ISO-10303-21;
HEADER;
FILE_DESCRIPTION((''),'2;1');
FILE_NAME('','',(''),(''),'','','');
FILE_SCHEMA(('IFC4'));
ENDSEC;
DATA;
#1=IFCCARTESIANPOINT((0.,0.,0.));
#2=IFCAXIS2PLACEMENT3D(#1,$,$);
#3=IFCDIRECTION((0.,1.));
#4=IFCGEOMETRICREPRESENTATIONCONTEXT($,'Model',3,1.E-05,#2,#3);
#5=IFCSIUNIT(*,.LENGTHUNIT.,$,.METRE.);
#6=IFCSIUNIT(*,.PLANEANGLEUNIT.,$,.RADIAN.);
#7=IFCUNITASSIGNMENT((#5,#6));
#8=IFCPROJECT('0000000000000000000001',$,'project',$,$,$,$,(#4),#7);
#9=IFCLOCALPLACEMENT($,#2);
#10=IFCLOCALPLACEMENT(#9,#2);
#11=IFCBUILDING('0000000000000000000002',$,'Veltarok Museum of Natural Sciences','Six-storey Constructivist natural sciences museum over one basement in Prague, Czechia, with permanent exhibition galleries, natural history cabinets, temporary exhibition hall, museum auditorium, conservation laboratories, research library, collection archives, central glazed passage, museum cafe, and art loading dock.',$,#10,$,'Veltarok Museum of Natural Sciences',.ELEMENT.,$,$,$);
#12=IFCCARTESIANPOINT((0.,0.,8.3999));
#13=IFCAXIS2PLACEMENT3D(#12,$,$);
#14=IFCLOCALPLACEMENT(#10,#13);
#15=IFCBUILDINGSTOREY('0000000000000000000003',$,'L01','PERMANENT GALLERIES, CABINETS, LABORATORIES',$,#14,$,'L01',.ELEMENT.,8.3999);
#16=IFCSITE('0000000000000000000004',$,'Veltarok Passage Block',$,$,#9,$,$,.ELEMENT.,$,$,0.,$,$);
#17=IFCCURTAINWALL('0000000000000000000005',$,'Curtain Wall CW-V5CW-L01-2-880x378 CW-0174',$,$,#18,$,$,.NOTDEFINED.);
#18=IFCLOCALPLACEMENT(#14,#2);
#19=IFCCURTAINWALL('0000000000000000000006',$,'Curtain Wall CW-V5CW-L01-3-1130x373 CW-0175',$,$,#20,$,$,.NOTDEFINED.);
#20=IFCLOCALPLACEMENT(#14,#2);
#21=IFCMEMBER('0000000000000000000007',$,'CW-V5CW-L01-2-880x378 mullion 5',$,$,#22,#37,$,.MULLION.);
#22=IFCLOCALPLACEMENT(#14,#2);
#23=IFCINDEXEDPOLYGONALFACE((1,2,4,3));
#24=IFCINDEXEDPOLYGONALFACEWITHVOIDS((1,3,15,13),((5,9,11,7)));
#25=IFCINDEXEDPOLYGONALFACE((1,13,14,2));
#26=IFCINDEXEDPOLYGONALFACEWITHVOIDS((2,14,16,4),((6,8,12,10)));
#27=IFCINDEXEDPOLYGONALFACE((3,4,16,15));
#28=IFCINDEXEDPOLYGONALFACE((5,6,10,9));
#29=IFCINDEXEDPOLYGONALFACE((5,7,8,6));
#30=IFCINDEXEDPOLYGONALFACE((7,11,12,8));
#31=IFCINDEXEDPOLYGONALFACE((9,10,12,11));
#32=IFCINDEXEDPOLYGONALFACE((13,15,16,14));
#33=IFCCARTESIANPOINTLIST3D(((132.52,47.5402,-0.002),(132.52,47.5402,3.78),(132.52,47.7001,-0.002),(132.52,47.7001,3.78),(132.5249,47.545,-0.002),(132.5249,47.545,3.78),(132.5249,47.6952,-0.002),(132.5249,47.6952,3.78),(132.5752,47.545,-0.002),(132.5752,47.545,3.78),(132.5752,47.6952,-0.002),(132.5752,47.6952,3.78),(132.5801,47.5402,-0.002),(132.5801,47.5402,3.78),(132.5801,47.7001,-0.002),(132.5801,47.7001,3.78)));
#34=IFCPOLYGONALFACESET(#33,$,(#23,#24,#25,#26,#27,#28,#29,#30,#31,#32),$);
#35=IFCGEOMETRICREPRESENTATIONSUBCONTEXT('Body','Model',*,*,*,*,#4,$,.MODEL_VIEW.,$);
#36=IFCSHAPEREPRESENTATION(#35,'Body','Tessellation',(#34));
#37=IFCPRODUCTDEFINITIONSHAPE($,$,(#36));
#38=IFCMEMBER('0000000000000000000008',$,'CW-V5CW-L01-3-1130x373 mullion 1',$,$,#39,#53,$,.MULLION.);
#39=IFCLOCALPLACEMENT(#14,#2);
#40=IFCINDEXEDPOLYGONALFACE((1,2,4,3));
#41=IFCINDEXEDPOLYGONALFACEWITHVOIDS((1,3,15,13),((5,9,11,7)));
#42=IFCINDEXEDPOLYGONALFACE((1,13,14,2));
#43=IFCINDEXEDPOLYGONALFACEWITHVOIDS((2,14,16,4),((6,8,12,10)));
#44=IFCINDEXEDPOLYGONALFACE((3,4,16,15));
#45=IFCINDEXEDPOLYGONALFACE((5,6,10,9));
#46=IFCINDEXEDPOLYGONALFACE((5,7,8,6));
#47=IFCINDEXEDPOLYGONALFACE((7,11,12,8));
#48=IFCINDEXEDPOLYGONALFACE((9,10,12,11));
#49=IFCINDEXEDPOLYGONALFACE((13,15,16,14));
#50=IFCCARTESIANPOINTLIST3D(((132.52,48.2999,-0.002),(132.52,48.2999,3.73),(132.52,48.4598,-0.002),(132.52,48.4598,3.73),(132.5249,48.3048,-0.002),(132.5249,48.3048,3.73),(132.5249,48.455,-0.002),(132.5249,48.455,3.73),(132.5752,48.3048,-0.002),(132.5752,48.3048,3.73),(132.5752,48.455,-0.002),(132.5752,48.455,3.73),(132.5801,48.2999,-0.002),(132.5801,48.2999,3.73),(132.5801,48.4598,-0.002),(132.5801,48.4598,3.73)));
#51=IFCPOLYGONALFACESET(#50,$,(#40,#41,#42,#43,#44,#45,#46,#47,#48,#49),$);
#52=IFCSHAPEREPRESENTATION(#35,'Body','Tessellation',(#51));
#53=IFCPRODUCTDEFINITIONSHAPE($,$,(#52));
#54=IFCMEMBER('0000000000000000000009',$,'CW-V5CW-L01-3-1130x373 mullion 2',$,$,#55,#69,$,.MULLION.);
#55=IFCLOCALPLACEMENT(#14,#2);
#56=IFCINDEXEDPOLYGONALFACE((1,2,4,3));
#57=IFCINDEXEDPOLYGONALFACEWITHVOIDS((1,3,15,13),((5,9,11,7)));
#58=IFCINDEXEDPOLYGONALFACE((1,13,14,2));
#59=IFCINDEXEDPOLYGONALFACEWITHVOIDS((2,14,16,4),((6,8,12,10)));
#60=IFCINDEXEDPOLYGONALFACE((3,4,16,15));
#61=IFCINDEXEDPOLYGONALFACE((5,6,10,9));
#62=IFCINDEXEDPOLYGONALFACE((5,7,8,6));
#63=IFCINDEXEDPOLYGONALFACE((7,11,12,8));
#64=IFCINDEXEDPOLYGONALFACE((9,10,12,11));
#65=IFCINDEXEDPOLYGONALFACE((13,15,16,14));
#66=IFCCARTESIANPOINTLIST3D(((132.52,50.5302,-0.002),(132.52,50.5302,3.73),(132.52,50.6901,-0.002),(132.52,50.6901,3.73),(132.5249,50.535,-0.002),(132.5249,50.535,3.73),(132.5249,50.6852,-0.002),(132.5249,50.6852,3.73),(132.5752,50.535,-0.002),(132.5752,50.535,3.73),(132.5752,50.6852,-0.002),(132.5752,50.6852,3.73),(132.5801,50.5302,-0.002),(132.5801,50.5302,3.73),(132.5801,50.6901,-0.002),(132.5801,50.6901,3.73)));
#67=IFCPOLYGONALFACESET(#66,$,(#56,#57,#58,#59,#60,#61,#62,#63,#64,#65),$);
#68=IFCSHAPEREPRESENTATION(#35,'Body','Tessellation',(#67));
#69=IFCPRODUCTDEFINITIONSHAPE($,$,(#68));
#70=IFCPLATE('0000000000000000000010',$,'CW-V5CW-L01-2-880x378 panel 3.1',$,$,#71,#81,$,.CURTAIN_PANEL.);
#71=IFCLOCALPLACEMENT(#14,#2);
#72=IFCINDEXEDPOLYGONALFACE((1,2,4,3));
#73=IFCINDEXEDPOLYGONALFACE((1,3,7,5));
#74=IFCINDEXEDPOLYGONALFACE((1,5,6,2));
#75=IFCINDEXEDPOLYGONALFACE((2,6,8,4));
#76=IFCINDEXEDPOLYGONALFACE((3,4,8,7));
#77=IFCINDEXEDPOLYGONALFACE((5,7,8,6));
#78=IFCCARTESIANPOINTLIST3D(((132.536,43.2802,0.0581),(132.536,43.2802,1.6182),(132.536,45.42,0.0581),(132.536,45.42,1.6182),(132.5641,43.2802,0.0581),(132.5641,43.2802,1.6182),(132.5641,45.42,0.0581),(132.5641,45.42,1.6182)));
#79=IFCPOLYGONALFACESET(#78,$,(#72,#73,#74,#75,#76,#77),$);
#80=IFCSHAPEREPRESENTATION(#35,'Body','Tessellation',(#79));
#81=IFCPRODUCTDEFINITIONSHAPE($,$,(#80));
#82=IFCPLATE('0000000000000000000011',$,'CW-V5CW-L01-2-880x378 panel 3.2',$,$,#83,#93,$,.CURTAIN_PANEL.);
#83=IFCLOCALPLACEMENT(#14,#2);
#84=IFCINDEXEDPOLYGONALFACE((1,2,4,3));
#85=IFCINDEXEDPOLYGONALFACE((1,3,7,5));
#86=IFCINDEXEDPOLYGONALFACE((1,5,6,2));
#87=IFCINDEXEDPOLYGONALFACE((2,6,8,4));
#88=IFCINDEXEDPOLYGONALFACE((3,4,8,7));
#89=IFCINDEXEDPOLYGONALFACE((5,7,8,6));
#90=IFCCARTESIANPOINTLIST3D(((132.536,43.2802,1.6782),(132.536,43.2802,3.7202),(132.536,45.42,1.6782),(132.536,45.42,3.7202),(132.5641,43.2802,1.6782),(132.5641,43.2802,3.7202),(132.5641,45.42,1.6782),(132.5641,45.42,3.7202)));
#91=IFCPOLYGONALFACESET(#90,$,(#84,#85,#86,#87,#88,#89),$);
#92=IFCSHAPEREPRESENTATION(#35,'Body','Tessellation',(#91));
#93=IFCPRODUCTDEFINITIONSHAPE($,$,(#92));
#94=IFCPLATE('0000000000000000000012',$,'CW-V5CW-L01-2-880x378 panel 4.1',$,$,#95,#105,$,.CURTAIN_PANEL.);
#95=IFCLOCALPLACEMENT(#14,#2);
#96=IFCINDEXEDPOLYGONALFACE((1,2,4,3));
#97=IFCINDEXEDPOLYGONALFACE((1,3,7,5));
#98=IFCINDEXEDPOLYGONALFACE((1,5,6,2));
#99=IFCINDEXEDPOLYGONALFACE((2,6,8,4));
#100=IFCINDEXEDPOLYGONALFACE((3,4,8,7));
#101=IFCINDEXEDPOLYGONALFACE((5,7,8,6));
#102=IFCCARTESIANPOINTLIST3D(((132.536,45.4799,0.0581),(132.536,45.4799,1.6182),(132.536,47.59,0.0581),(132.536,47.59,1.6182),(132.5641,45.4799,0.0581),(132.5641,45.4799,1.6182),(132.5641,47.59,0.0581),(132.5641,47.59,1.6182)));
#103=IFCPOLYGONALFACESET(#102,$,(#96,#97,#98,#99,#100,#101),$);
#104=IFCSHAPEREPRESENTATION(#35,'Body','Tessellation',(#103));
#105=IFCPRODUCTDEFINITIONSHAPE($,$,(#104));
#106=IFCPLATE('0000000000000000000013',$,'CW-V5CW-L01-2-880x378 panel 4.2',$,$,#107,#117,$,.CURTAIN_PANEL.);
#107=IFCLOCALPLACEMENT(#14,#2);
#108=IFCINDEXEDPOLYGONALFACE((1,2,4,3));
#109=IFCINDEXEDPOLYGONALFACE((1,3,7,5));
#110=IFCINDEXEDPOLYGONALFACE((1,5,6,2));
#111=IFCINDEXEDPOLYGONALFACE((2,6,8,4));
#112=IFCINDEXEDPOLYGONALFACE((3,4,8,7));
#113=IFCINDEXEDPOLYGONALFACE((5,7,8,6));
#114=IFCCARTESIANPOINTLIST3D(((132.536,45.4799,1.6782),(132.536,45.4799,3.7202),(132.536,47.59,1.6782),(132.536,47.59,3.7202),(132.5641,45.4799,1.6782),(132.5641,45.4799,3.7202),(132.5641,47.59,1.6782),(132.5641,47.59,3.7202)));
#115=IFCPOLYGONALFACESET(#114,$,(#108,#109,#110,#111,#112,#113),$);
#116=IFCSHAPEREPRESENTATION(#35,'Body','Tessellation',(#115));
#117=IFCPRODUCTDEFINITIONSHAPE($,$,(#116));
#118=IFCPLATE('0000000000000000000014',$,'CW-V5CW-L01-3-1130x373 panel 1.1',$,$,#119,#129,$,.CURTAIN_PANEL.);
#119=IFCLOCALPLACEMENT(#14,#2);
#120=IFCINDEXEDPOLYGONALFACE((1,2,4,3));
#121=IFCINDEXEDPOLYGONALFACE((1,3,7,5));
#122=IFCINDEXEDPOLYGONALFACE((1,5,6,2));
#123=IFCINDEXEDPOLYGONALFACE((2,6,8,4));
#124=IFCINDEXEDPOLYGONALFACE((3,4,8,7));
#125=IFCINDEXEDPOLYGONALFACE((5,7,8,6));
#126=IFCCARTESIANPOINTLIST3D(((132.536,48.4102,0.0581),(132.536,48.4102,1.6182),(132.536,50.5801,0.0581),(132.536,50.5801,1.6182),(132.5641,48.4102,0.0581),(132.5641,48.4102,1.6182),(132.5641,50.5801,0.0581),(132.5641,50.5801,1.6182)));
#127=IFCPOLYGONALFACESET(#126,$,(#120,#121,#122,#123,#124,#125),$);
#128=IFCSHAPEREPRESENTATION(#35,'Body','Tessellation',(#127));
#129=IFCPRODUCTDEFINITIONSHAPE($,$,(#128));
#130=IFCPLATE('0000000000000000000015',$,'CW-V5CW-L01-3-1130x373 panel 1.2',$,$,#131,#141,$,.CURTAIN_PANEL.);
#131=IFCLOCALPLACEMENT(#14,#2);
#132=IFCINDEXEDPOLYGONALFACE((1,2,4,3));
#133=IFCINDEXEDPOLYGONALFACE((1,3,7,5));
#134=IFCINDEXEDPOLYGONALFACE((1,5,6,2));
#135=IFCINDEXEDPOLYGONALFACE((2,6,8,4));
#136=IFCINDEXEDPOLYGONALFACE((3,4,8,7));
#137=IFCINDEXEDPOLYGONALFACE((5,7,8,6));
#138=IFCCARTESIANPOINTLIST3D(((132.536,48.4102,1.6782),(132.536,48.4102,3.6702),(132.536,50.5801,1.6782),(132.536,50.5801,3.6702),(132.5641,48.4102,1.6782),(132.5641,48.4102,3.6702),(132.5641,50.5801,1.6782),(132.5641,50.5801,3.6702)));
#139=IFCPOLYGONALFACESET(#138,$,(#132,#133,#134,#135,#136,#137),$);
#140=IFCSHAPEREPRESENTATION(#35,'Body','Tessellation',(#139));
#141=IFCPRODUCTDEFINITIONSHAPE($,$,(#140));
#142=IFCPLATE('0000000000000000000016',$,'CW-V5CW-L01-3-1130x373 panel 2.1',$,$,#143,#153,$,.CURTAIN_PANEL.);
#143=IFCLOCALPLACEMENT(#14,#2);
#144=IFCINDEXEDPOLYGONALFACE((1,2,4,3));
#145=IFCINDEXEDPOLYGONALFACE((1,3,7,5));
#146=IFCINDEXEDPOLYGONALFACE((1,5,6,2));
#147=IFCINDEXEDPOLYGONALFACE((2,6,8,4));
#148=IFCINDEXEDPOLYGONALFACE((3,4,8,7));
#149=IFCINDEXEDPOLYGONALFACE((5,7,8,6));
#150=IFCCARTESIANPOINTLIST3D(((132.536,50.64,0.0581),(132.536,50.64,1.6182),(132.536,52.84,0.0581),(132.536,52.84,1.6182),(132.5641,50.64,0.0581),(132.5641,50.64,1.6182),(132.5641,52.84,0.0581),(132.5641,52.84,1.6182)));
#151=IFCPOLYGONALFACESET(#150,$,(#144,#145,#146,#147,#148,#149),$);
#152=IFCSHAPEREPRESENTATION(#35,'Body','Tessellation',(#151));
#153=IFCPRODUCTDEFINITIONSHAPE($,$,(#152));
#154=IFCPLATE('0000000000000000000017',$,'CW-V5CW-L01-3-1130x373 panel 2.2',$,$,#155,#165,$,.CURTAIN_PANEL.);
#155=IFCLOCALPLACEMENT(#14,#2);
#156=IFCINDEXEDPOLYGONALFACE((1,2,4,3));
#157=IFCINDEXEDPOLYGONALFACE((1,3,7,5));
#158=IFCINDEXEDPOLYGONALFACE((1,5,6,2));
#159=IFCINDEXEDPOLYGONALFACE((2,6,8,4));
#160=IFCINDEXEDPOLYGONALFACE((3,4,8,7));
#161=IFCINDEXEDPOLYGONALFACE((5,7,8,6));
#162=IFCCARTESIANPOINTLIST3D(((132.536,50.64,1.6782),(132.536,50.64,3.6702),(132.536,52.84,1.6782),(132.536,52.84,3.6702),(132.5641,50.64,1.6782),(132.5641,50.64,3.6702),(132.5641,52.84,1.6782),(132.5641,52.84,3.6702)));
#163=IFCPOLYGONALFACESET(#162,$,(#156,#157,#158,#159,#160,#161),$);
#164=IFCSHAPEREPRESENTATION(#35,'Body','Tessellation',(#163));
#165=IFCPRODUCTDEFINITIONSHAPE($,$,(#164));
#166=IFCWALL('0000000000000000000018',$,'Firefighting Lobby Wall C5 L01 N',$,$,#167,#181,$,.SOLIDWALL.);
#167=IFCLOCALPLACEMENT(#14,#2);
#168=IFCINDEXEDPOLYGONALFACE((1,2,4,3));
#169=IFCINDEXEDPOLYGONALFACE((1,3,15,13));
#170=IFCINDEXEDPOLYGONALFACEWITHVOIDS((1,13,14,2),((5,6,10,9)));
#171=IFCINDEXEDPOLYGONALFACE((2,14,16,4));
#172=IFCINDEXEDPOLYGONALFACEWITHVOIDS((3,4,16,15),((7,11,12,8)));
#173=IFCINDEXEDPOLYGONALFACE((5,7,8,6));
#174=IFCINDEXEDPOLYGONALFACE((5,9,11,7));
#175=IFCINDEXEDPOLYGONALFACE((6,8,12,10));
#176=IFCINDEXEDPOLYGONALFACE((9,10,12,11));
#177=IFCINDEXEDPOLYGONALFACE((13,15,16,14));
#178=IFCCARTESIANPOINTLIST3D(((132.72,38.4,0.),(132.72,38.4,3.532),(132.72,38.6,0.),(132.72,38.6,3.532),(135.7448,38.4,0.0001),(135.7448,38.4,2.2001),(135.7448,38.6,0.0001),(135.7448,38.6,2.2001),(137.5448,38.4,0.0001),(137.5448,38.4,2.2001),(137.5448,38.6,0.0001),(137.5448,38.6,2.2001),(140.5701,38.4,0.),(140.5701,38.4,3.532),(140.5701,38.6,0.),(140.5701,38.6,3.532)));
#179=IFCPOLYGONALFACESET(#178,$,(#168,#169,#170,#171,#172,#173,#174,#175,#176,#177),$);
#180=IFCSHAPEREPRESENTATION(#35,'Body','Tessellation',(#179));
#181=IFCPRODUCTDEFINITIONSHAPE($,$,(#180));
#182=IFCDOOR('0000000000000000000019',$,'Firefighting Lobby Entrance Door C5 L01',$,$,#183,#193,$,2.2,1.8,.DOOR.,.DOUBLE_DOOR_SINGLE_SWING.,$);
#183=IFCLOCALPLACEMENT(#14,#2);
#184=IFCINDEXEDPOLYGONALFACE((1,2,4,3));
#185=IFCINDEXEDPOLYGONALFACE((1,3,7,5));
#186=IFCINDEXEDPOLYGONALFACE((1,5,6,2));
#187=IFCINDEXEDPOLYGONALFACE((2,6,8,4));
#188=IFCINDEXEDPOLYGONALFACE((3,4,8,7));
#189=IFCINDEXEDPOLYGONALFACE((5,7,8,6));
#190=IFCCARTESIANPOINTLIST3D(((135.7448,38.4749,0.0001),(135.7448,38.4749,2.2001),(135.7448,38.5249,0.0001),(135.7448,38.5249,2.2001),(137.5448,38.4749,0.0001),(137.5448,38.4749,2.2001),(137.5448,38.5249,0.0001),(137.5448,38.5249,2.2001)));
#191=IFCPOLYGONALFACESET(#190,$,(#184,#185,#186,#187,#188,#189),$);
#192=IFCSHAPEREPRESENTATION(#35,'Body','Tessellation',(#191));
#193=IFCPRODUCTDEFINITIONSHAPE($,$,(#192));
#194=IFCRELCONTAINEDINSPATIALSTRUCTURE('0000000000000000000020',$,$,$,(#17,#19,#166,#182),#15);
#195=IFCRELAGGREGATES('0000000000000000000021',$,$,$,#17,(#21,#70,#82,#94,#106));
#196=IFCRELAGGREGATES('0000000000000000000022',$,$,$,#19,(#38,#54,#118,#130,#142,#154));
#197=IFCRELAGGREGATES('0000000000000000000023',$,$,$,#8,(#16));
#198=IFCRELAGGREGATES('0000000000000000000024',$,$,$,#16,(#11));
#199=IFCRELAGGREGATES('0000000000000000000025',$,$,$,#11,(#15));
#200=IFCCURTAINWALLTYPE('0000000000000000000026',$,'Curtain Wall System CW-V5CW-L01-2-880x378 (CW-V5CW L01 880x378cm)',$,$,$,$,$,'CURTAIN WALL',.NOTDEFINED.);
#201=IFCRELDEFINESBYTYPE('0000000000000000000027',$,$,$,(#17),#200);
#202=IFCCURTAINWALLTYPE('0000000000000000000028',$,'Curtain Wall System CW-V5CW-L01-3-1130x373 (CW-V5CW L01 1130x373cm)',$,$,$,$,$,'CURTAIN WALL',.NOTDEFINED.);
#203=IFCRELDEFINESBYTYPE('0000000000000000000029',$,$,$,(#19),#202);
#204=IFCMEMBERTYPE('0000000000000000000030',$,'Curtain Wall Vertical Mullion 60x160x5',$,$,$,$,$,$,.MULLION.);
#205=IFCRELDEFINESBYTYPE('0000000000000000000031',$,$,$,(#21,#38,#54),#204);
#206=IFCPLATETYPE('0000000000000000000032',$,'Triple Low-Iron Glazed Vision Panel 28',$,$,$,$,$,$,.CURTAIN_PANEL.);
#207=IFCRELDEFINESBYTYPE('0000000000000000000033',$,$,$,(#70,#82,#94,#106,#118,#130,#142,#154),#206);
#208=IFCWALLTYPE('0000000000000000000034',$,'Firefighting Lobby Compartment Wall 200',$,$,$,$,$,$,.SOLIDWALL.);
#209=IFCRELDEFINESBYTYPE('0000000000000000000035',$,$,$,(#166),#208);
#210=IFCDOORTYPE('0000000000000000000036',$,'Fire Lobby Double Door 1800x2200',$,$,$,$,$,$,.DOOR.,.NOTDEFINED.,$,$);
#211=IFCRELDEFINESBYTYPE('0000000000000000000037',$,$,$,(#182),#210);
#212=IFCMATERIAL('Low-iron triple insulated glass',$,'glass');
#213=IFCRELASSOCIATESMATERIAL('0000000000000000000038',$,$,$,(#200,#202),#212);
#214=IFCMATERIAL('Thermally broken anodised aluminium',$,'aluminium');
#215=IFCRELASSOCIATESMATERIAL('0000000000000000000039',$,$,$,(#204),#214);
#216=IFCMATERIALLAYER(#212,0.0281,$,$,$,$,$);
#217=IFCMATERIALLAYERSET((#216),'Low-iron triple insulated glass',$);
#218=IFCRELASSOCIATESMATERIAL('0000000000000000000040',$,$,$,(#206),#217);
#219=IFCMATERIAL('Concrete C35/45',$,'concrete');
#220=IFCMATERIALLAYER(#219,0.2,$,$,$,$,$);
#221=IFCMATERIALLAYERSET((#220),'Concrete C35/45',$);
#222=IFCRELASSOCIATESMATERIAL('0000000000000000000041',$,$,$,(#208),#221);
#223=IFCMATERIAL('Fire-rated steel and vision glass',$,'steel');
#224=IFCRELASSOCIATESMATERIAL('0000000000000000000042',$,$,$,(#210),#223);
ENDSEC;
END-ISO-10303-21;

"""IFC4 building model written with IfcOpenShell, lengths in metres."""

from ifc_helpers import new_model, si_unit, direction, frame, frame_2d, origin, origin_2d, place, context, subcontext, project, spatial, rectangle, hollow_rectangle, extrude, material, layer, layer_set, material_profile, profile_set, type_object, element, fill, aggregate, save


model = new_model("IFC4")

# Units and contexts
model_context = context("Model", 3, precision=1e-05, world=origin(), true_north=direction((0.0, 1.0)))
body_context = subcontext(model_context, "Body", "Model", "MODEL_VIEW")
ifc_project = project(units=[si_unit("LENGTHUNIT", "METRE"), si_unit("PLANEANGLEUNIT", "RADIAN")], contexts=[model_context])

# Site, building, storey
site_placement = place(None, origin())
site = spatial("IfcSite", under=ifc_project, at=site_placement, Name="Veltarok Passage Block", CompositionType="ELEMENT", RefElevation=0.0)
building_placement = place(site_placement, origin())
building = spatial("IfcBuilding", under=site, at=building_placement, Name="Veltarok Museum of Natural Sciences", Description="Six-storey Constructivist natural sciences museum over one basement in Prague, Czechia, with permanent exhibition galleries, natural history cabinets, temporary exhibition hall, museum auditorium, conservation laboratories, research library, collection archives, central glazed passage, museum cafe, and art loading dock.", LongName="Veltarok Museum of Natural Sciences", CompositionType="ELEMENT")
storey_placement = place(building_placement, frame((0.0, 0.0, 8.3999)))
storey = spatial("IfcBuildingStorey", under=building, at=storey_placement, Name="L01", Description="PERMANENT GALLERIES, CABINETS, LABORATORIES", LongName="L01", CompositionType="ELEMENT", Elevation=8.3999)

# Curtain walls
ifc_material_1 = material(Name="Low-iron triple insulated glass", Category="glass")
curtain_wall_type_1 = type_object("IfcCurtainWallType", Name="Curtain Wall System CW-V5CW-L01-2-880x378 (CW-V5CW L01 880x378cm)", ElementType="CURTAIN WALL", PredefinedType="NOTDEFINED", material=ifc_material_1)
curtain_wall_1_placement = place(storey_placement, origin())
curtain_wall_1 = element("IfcCurtainWall", 1, at=curtain_wall_1_placement, inside=storey, type_object=curtain_wall_type_1, Name="Curtain Wall CW-V5CW-L01-2-880x378 CW-0174", PredefinedType="NOTDEFINED")
ifc_material_2 = material(Name="Thermally broken anodised aluminium", Category="aluminium")
curtain_wall_type_2 = type_object("IfcCurtainWallType", Name="Curtain Wall System CW-V5CW-L01-3-1130x373 (CW-V5CW L01 1130x373cm)", ElementType="CURTAIN WALL", PredefinedType="NOTDEFINED", material=ifc_material_1)
curtain_wall_2_placement = place(storey_placement, origin())
curtain_wall_2 = element("IfcCurtainWall", 2, at=curtain_wall_2_placement, inside=storey, type_object=curtain_wall_type_2, Name="Curtain Wall CW-V5CW-L01-3-1130x373 CW-0175", PredefinedType="NOTDEFINED")

# Members
ifc_material_profile_1 = material_profile(ifc_material_2, hollow_rectangle(XDim=0.0601, YDim=0.1599, WallThickness=0.0049, at=origin_2d()), Name="CW MULLION 60x160x5")
ifc_profile_set_1 = profile_set([ifc_material_profile_1], Name="Thermally broken anodised aluminium")
member_type_1 = type_object("IfcMemberType", Name="Curtain Wall Vertical Mullion 60x160x5", PredefinedType="MULLION", material=ifc_profile_set_1)
member_1_placement = place(storey_placement, frame((132.55, 47.6201, -0.002), z_axis=(0.0, 0.0, 1.0), x_axis=(-1.0, 0.0, 0.0)))
member_1 = element("IfcMember", 3, at=member_1_placement, type_object=member_type_1, Name="CW-V5CW-L01-2-880x378 mullion 5", PredefinedType="MULLION", context=body_context, shape_type="SweptSolid", body=[
    extrude(hollow_rectangle(XDim=0.0601, YDim=0.1599, WallThickness=0.0049, at=origin_2d()), origin(), (0.0, 0.0, 1.0), 3.782),
])
member_2_placement = place(storey_placement, frame((132.55, 48.3799, -0.002), z_axis=(0.0, 0.0, 1.0), x_axis=(-1.0, 0.0, 0.0)))
member_2 = element("IfcMember", 4, at=member_2_placement, type_object=member_type_1, Name="CW-V5CW-L01-3-1130x373 mullion 1", PredefinedType="MULLION", context=body_context, shape_type="SweptSolid", body=[
    extrude(hollow_rectangle(XDim=0.0601, YDim=0.1599, WallThickness=0.0049, at=origin_2d()), origin(), (0.0, 0.0, 1.0), 3.7319),
])
member_3_placement = place(storey_placement, frame((132.55, 50.6101, -0.002), z_axis=(0.0, 0.0, 1.0), x_axis=(-1.0, 0.0, 0.0)))
member_3 = element("IfcMember", 5, at=member_3_placement, type_object=member_type_1, Name="CW-V5CW-L01-3-1130x373 mullion 2", PredefinedType="MULLION", context=body_context, shape_type="SweptSolid", body=[
    extrude(hollow_rectangle(XDim=0.0601, YDim=0.1599, WallThickness=0.0049, at=origin_2d()), origin(), (0.0, 0.0, 1.0), 3.7319),
])

# Plates
ifc_layer_1 = layer(ifc_material_1, 0.0281)
ifc_layer_set_1 = layer_set([ifc_layer_1], Name="Low-iron triple insulated glass")
plate_type = type_object("IfcPlateType", Name="Triple Low-Iron Glazed Vision Panel 28", PredefinedType="CURTAIN_PANEL", material=ifc_layer_set_1)
plate_1_placement = place(storey_placement, frame((132.55, 44.3501, 0.0581), z_axis=(0.0, 0.0, 1.0), x_axis=(0.0, 1.0, 0.0)))
plate_1 = element("IfcPlate", 6, at=plate_1_placement, type_object=plate_type, Name="CW-V5CW-L01-2-880x378 panel 3.1", PredefinedType="CURTAIN_PANEL", context=body_context, shape_type="SweptSolid", body=[
    extrude(rectangle(XDim=2.1399, YDim=0.0281, at=origin_2d()), origin(), (0.0, 0.0, 1.0), 1.5601),
])
plate_2_placement = place(storey_placement, frame((132.55, 44.3501, 1.6782), z_axis=(0.0, 0.0, 1.0), x_axis=(0.0, 1.0, 0.0)))
plate_2 = element("IfcPlate", 7, at=plate_2_placement, type_object=plate_type, Name="CW-V5CW-L01-2-880x378 panel 3.2", PredefinedType="CURTAIN_PANEL", context=body_context, shape_type="SweptSolid", body=[
    extrude(rectangle(XDim=2.1399, YDim=0.0281, at=origin_2d()), origin(), (0.0, 0.0, 1.0), 2.042),
])
plate_3_placement = place(storey_placement, frame((132.55, 46.5349, 0.0581), z_axis=(0.0, 0.0, 1.0), x_axis=(0.0, 1.0, 0.0)))
plate_3 = element("IfcPlate", 8, at=plate_3_placement, type_object=plate_type, Name="CW-V5CW-L01-2-880x378 panel 4.1", PredefinedType="CURTAIN_PANEL", context=body_context, shape_type="SweptSolid", body=[
    extrude(rectangle(XDim=2.1101, YDim=0.0281, at=origin_2d()), origin(), (0.0, 0.0, 1.0), 1.5601),
])
plate_4_placement = place(storey_placement, frame((132.55, 46.5349, 1.6782), z_axis=(0.0, 0.0, 1.0), x_axis=(0.0, 1.0, 0.0)))
plate_4 = element("IfcPlate", 9, at=plate_4_placement, type_object=plate_type, Name="CW-V5CW-L01-2-880x378 panel 4.2", PredefinedType="CURTAIN_PANEL", context=body_context, shape_type="SweptSolid", body=[
    extrude(rectangle(XDim=2.1101, YDim=0.0281, at=origin_2d()), origin(), (0.0, 0.0, 1.0), 2.042),
])
aggregate(curtain_wall_1, [member_1, plate_1, plate_2, plate_3, plate_4])
plate_5_placement = place(storey_placement, frame((132.55, 49.4951, 0.0581), z_axis=(0.0, 0.0, 1.0), x_axis=(0.0, 1.0, 0.0)))
plate_5 = element("IfcPlate", 10, at=plate_5_placement, type_object=plate_type, Name="CW-V5CW-L01-3-1130x373 panel 1.1", PredefinedType="CURTAIN_PANEL", context=body_context, shape_type="SweptSolid", body=[
    extrude(rectangle(XDim=2.1699, YDim=0.0281, at=origin_2d()), origin(), (0.0, 0.0, 1.0), 1.5601),
])
plate_6_placement = place(storey_placement, frame((132.55, 49.4951, 1.6782), z_axis=(0.0, 0.0, 1.0), x_axis=(0.0, 1.0, 0.0)))
plate_6 = element("IfcPlate", 11, at=plate_6_placement, type_object=plate_type, Name="CW-V5CW-L01-3-1130x373 panel 1.2", PredefinedType="CURTAIN_PANEL", context=body_context, shape_type="SweptSolid", body=[
    extrude(rectangle(XDim=2.1699, YDim=0.0281, at=origin_2d()), origin(), (0.0, 0.0, 1.0), 1.9919),
])
plate_7_placement = place(storey_placement, frame((132.55, 51.74, 0.0581), z_axis=(0.0, 0.0, 1.0), x_axis=(0.0, 1.0, 0.0)))
plate_7 = element("IfcPlate", 12, at=plate_7_placement, type_object=plate_type, Name="CW-V5CW-L01-3-1130x373 panel 2.1", PredefinedType="CURTAIN_PANEL", context=body_context, shape_type="SweptSolid", body=[
    extrude(rectangle(XDim=2.2, YDim=0.0281, at=origin_2d()), origin(), (0.0, 0.0, 1.0), 1.5601),
])
plate_8_placement = place(storey_placement, frame((132.55, 51.74, 1.6782), z_axis=(0.0, 0.0, 1.0), x_axis=(0.0, 1.0, 0.0)))
plate_8 = element("IfcPlate", 13, at=plate_8_placement, type_object=plate_type, Name="CW-V5CW-L01-3-1130x373 panel 2.2", PredefinedType="CURTAIN_PANEL", context=body_context, shape_type="SweptSolid", body=[
    extrude(rectangle(XDim=2.2, YDim=0.0281, at=origin_2d()), origin(), (0.0, 0.0, 1.0), 1.9919),
])
aggregate(curtain_wall_2, [member_2, member_3, plate_5, plate_6, plate_7, plate_8])

# Wall, opening, door
ifc_material_3 = material(Name="Concrete C35/45", Category="concrete")
ifc_layer_2 = layer(ifc_material_3, 0.2)
ifc_layer_set_2 = layer_set([ifc_layer_2], Name="Concrete C35/45")
wall_type_1 = type_object("IfcWallType", Name="Firefighting Lobby Compartment Wall 200", PredefinedType="SOLIDWALL", material=ifc_layer_set_2)
wall_1_placement = place(storey_placement, frame((132.72, 38.5, 0.0), z_axis=(0.0, 0.0, 1.0), x_axis=(1.0, 0.0, 0.0)))
wall_1 = element("IfcWall", 14, at=wall_1_placement, inside=storey, type_object=wall_type_1, Name="Firefighting Lobby Wall C5 L01 N", PredefinedType="SOLIDWALL", context=body_context, shape_type="SweptSolid", body=[
    extrude(rectangle(XDim=7.8501, YDim=0.2, at=frame_2d((3.925, 0.0))), origin(), (0.0, 0.0, 1.0), 3.532),
])
opening_1_placement = place(wall_1_placement, frame((3.0249, 0.0, 0.0)))
opening_1 = element("IfcOpeningElement", 15, at=opening_1_placement, cuts=wall_1, PredefinedType="OPENING", context=body_context, shape_type="SweptSolid", body=[
    extrude(rectangle(XDim=1.8, YDim=2.2, at=frame_2d((0.8999, 1.1001))), frame((0.0, 0.1099, 0.0), z_axis=(0.0, -1.0, 0.0), x_axis=(1.0, 0.0, 0.0)), (0.0, 0.0, 1.0), 0.22),
])
ifc_material_4 = material(Name="Fire-rated steel and vision glass", Category="steel")
door_type_1 = type_object("IfcDoorType", Name="Fire Lobby Double Door 1800x2200", OperationType="NOTDEFINED", PredefinedType="DOOR", material=ifc_material_4)
door_1_placement = place(opening_1_placement, origin())
door_1 = element("IfcDoor", 16, at=door_1_placement, inside=storey, type_object=door_type_1, Name="Firefighting Lobby Entrance Door C5 L01", OperationType="DOUBLE_DOOR_SINGLE_SWING", OverallHeight=2.2, OverallWidth=1.8, PredefinedType="DOOR", context=body_context, shape_type="SweptSolid", body=[
    extrude(rectangle(XDim=1.8, YDim=2.2, at=frame_2d((0.8999, 1.1001))), frame((0.0, 0.0249, 0.0), z_axis=(0.0, -1.0, 0.0), x_axis=(1.0, 0.0, 0.0)), (0.0, 0.0, 1.0), 0.05),
])
fill(opening_1, door_1)

save(model, "model.ifc")
